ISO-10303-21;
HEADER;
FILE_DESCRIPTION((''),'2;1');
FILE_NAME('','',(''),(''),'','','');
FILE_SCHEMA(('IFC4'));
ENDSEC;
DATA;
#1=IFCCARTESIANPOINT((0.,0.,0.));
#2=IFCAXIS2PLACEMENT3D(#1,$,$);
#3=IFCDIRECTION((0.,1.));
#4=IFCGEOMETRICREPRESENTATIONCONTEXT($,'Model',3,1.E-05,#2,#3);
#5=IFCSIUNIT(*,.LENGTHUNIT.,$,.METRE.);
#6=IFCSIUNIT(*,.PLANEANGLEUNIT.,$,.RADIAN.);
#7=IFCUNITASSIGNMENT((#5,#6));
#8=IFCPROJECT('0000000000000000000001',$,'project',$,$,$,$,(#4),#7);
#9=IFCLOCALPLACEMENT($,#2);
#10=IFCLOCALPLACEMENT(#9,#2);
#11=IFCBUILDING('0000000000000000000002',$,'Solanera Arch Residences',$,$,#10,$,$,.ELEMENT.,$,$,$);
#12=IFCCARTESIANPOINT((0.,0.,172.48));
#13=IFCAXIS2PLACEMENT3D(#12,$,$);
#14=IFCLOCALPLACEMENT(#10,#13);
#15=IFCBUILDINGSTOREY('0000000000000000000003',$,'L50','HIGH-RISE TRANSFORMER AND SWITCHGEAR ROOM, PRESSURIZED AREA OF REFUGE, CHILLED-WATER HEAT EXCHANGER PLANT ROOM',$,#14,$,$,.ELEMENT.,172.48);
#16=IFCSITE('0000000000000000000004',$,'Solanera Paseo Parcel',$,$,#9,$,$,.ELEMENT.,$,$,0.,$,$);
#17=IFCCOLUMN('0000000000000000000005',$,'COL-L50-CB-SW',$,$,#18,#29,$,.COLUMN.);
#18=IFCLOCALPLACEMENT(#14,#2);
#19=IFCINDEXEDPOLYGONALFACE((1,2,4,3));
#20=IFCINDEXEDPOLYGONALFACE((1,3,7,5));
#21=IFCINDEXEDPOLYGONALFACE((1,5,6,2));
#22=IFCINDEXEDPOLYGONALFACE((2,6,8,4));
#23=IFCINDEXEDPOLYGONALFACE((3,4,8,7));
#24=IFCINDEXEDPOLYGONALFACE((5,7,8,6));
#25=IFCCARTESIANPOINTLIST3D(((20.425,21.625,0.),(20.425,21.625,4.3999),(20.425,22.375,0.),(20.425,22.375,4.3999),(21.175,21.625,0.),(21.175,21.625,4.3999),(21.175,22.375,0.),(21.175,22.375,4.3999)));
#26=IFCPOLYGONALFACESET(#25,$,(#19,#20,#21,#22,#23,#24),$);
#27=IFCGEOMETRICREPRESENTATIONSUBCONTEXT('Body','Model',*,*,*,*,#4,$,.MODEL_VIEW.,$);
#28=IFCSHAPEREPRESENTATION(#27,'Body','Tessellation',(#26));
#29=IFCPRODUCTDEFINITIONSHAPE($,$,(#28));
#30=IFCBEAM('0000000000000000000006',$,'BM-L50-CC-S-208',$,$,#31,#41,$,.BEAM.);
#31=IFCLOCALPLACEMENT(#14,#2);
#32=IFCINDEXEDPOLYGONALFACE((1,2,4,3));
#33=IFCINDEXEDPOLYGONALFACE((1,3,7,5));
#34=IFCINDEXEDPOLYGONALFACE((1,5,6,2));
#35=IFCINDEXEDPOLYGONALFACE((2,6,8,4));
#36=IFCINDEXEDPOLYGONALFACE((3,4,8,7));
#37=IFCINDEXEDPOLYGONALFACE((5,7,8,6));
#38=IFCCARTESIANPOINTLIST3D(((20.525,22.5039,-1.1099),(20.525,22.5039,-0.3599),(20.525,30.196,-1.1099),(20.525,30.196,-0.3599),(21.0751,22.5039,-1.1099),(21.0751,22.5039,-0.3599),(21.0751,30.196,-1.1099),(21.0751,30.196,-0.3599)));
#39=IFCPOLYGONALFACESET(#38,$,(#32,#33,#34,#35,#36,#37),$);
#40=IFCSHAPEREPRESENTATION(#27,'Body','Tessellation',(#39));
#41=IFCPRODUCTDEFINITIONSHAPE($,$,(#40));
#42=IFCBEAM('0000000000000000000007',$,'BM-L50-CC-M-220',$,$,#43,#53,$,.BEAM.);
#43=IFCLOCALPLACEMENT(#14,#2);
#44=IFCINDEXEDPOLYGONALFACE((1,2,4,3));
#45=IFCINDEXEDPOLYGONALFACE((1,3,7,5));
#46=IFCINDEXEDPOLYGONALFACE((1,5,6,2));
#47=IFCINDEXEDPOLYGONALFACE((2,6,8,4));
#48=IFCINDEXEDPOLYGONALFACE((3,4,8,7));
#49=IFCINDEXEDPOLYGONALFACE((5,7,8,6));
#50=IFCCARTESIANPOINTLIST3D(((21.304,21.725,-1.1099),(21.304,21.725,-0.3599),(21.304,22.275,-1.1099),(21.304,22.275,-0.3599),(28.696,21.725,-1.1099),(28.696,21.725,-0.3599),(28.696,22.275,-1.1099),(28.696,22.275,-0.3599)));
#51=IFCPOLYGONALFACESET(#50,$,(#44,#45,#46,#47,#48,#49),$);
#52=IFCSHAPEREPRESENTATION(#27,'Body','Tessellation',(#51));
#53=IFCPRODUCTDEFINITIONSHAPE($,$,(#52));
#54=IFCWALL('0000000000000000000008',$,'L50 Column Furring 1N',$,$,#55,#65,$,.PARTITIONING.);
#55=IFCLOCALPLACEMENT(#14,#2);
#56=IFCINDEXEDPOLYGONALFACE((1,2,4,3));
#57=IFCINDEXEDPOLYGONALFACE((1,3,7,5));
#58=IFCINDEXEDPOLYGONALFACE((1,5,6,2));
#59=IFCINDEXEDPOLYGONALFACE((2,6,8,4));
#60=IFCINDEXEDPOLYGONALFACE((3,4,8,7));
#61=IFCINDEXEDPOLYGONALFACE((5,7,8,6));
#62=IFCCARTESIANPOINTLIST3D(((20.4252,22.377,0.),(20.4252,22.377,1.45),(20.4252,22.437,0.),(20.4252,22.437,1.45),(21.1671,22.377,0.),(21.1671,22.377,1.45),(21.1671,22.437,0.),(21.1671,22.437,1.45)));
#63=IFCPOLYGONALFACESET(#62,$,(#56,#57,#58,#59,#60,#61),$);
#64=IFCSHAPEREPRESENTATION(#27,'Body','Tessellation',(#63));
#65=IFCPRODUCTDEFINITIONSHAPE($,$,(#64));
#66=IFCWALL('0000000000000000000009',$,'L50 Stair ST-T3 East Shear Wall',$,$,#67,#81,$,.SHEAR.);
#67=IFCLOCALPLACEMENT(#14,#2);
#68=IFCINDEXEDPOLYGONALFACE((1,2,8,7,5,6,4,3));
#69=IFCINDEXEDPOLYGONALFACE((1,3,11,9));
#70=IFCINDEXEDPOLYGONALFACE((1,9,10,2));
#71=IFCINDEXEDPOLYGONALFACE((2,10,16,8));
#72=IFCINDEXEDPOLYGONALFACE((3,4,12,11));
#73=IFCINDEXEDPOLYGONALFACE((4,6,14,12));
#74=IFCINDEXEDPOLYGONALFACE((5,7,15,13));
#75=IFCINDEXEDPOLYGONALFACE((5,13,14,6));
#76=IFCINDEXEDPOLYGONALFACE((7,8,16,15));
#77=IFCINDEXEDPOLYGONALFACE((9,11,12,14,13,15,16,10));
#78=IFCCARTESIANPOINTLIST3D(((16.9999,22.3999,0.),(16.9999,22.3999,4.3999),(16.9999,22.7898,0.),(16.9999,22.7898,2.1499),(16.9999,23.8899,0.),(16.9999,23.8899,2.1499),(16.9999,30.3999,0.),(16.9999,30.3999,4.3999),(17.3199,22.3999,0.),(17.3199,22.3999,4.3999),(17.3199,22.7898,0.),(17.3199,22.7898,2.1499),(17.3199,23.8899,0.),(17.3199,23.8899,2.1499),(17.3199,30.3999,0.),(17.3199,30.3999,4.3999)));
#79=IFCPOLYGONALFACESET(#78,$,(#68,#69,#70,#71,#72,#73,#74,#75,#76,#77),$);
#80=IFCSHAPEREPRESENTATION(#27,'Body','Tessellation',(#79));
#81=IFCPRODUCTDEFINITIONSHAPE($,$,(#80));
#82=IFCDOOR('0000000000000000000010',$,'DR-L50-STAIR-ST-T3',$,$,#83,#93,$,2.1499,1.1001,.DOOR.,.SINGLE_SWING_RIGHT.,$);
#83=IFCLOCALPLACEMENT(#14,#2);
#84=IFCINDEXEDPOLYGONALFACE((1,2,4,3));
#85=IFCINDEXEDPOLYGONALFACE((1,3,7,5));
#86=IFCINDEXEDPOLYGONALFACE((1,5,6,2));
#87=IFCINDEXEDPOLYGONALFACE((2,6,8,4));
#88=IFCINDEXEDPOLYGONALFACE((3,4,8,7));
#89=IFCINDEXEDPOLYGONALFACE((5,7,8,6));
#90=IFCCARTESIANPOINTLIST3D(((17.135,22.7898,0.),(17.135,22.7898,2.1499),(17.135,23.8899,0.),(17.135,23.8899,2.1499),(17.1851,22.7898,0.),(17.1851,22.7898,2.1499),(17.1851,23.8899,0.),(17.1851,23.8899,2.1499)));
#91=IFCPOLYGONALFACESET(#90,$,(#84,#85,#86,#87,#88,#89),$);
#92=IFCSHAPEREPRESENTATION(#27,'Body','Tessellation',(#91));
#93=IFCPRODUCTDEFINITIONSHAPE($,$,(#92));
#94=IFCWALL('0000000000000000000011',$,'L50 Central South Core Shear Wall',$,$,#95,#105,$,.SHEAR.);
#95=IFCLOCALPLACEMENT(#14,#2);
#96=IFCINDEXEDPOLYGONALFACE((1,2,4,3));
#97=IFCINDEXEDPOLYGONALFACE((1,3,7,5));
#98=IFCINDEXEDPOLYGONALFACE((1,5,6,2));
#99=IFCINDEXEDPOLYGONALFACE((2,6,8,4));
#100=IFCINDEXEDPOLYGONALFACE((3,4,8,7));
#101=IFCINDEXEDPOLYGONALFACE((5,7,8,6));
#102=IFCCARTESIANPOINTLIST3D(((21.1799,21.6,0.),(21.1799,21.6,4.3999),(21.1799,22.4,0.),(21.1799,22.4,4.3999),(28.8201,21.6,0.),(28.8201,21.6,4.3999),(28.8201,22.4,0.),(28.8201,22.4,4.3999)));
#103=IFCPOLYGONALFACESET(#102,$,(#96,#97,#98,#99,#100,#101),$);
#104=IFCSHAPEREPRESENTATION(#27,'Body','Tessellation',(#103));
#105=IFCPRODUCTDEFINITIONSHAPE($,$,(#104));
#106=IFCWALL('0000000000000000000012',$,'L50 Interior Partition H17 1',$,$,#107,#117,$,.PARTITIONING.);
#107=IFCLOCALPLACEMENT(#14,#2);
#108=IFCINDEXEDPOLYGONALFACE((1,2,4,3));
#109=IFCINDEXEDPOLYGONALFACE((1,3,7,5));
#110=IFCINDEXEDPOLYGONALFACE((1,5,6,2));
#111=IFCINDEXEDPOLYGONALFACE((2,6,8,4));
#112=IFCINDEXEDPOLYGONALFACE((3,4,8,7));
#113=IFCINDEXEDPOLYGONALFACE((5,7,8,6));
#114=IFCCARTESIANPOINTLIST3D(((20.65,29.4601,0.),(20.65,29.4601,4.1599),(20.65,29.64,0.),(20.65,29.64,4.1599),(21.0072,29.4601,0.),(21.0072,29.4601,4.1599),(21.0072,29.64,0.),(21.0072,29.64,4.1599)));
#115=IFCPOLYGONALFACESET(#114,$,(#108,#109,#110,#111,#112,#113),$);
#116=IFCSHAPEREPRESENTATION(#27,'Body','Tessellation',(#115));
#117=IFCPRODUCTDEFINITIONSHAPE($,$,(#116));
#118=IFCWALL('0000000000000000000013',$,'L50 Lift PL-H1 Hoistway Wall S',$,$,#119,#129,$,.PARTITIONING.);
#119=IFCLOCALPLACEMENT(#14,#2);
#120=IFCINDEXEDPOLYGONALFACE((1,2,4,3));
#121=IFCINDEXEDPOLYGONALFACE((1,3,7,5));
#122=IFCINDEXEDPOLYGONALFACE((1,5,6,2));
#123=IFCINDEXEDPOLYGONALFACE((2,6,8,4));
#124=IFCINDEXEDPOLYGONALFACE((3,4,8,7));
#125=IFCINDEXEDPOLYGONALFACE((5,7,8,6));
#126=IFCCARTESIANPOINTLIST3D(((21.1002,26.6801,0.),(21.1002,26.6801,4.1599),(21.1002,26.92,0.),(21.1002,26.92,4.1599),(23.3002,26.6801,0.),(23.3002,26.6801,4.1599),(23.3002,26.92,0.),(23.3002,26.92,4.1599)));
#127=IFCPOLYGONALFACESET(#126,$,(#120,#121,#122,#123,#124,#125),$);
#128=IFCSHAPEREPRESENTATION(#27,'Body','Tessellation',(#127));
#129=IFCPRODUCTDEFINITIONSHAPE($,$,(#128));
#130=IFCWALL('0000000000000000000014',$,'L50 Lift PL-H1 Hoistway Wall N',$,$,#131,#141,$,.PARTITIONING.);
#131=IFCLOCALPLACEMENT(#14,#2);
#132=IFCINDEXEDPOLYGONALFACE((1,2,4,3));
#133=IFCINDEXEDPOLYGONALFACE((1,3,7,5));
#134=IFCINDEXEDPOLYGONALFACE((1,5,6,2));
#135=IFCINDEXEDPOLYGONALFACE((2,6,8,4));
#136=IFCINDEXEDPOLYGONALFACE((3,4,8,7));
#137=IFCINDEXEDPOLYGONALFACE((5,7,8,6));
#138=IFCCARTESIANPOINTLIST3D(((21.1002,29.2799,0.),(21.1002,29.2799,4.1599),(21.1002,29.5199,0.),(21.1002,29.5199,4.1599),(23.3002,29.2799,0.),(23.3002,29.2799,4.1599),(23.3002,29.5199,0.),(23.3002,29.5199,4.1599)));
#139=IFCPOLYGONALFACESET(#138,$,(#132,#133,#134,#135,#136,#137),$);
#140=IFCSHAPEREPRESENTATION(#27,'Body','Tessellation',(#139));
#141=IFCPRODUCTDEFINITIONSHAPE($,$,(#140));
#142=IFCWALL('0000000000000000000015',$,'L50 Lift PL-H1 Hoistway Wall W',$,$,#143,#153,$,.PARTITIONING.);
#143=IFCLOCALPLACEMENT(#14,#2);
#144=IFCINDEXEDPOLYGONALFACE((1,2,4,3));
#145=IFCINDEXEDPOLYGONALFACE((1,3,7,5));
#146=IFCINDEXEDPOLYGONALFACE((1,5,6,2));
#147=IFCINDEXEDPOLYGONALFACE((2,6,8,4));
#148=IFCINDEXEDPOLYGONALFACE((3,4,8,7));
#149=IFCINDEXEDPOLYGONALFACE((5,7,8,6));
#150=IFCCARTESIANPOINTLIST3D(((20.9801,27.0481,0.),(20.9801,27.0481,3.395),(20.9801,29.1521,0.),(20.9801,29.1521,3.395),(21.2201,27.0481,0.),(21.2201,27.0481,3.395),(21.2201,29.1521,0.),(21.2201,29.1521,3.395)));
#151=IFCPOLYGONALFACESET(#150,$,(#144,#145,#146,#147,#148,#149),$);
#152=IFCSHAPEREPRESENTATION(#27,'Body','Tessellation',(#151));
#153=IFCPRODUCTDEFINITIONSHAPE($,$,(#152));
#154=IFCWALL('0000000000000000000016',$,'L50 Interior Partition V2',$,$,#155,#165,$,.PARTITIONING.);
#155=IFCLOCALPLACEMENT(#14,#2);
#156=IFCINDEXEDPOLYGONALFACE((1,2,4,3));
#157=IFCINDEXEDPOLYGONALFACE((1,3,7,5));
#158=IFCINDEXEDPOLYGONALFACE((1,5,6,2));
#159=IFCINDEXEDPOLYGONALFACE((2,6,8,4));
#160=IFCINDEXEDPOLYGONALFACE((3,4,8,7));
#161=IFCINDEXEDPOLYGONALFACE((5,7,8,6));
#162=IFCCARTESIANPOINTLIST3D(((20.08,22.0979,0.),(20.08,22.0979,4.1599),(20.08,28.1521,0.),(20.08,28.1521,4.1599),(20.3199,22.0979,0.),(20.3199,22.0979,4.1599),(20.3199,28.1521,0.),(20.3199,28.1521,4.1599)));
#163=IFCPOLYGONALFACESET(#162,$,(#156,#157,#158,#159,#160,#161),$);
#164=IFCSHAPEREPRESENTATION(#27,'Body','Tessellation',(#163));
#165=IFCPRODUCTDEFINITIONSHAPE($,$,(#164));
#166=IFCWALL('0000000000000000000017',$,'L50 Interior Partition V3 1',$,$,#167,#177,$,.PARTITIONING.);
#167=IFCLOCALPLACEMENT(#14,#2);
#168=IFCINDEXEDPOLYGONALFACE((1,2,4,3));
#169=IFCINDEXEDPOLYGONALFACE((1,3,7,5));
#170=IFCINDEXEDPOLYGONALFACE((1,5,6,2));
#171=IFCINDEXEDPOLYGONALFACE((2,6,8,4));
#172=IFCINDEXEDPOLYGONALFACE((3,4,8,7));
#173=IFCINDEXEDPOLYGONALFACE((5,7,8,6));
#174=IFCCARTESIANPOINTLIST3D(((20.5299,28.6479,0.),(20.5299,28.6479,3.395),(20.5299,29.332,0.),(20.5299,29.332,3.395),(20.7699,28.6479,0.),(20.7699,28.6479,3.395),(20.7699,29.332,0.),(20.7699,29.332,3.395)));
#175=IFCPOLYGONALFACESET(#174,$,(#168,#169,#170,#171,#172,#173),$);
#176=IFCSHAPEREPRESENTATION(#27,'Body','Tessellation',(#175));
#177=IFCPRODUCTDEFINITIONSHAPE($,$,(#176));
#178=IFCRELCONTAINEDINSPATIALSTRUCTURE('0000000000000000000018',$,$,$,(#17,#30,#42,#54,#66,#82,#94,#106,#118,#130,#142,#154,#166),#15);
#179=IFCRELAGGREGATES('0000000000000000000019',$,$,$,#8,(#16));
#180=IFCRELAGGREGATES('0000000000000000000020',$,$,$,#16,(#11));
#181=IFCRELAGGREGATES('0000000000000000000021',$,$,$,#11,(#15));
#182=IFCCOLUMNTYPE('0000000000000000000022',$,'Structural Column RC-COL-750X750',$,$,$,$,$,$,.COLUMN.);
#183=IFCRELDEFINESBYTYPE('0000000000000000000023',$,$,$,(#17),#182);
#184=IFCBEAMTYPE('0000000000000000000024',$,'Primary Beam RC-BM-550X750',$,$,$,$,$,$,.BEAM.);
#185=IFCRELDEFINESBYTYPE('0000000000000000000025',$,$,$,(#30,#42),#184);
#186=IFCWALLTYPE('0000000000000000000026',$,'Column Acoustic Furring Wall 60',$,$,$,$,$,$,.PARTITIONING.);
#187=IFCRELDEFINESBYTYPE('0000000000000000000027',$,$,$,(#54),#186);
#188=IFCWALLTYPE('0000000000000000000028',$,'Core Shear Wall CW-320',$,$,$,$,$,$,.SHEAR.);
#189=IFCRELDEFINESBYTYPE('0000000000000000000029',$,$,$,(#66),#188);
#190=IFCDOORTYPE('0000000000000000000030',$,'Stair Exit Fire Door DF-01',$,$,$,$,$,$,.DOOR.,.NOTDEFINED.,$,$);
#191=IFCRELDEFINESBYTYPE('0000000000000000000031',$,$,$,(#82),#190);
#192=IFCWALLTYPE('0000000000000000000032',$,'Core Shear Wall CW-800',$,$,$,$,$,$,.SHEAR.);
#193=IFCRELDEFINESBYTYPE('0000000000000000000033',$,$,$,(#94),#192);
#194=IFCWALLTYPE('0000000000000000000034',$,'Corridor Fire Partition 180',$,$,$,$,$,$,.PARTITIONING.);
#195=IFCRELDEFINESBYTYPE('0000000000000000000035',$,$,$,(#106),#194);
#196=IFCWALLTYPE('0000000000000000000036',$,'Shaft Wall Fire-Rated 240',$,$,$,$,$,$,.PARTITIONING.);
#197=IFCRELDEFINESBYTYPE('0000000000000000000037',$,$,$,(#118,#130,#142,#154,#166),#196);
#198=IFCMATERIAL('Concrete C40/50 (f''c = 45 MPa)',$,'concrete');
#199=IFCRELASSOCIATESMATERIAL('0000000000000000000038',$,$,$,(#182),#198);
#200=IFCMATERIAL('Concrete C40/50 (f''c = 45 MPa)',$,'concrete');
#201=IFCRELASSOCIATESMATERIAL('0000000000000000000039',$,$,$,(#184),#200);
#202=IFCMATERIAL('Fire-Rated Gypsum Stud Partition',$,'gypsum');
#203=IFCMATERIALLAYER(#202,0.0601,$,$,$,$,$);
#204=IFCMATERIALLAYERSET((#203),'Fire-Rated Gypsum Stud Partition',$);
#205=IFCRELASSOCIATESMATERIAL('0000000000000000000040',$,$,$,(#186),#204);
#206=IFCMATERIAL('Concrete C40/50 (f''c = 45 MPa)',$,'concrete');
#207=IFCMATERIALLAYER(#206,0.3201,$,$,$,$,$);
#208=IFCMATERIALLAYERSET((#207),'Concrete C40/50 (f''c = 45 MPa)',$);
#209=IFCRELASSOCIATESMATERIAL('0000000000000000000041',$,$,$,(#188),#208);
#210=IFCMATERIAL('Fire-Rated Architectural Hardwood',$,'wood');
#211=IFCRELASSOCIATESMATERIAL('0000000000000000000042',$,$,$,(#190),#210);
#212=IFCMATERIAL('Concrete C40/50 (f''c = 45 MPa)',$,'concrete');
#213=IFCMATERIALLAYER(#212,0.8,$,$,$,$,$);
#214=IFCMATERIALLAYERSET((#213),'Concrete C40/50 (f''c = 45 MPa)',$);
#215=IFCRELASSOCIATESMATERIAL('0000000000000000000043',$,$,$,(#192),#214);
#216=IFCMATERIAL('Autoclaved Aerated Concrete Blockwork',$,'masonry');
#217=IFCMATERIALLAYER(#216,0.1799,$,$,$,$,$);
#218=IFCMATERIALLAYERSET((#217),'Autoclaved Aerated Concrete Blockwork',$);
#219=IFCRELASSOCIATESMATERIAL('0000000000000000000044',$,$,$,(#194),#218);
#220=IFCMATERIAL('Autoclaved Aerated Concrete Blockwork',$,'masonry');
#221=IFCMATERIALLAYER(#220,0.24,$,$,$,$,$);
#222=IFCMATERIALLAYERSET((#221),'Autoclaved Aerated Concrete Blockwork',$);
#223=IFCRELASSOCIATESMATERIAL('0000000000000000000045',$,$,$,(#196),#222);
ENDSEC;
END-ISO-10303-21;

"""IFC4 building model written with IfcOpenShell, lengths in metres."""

from ifc_helpers import new_model, si_unit, direction, frame, frame_2d, origin, origin_2d, place, context, subcontext, project, spatial, rectangle, extrude, material, layer, layer_set, material_profile, profile_set, type_object, element, fill, save


model = new_model("IFC4")

# Units and contexts
model_context = context("Model", 3, precision=1e-05, world=origin(), true_north=direction((0.0, 1.0)))
body_context = subcontext(model_context, "Body", "Model", "MODEL_VIEW")
ifc_project = project(units=[si_unit("LENGTHUNIT", "METRE"), si_unit("PLANEANGLEUNIT", "RADIAN")], contexts=[model_context])

# Site, building, storey
site_placement = place(None, origin())
site = spatial("IfcSite", under=ifc_project, at=site_placement, Name="Solanera Paseo Parcel", CompositionType="ELEMENT", RefElevation=0.0)
building_placement = place(site_placement, origin())
building = spatial("IfcBuilding", under=site, at=building_placement, Name="Solanera Arch Residences", CompositionType="ELEMENT")
storey_placement = place(building_placement, frame((0.0, 0.0, 172.48)))
storey = spatial("IfcBuildingStorey", under=building, at=storey_placement, Name="L50", Description="HIGH-RISE TRANSFORMER AND SWITCHGEAR ROOM, PRESSURIZED AREA OF REFUGE, CHILLED-WATER HEAT EXCHANGER PLANT ROOM", CompositionType="ELEMENT", Elevation=172.48)

# Column
ifc_material_1 = material(Name="Concrete C40/50 (f'c = 45 MPa)", Category="concrete")
ifc_material_profile_1 = material_profile(ifc_material_1, rectangle(XDim=0.75, YDim=0.75, at=origin_2d()))
ifc_profile_set_1 = profile_set([ifc_material_profile_1], Name="Concrete C40/50 (f'c = 45 MPa)")
column_type = type_object("IfcColumnType", Name="Structural Column RC-COL-750X750", PredefinedType="COLUMN", material=ifc_profile_set_1)
column_placement = place(storey_placement, frame((20.8, 22.0, 0.0), z_axis=(0.0, 0.0, 1.0), x_axis=(1.0, 0.0, 0.0)))
element("IfcColumn", 1, at=column_placement, inside=storey, type_object=column_type, Name="COL-L50-CB-SW", PredefinedType="COLUMN", context=body_context, shape_type="SweptSolid", body=[
    extrude(rectangle(XDim=0.75, YDim=0.75, at=origin_2d()), origin(), (0.0, 0.0, 1.0), 4.3999),
])

# Beams
ifc_material_2 = material(Name="Concrete C40/50 (f'c = 45 MPa)", Category="concrete")
ifc_material_profile_2 = material_profile(ifc_material_2, rectangle(XDim=0.55, YDim=0.75, at=origin_2d()))
ifc_profile_set_2 = profile_set([ifc_material_profile_2], Name="Concrete C40/50 (f'c = 45 MPa)")
beam_type = type_object("IfcBeamType", Name="Primary Beam RC-BM-550X750", PredefinedType="BEAM", material=ifc_profile_set_2)
beam_1_placement = place(storey_placement, frame((20.8, 22.5039, -0.7349), z_axis=(0.0, 1.0, 0.0), x_axis=(-1.0, 0.0, 0.0)))
element("IfcBeam", 2, at=beam_1_placement, inside=storey, type_object=beam_type, Name="BM-L50-CC-S-208", PredefinedType="BEAM", context=body_context, shape_type="SweptSolid", body=[
    extrude(rectangle(XDim=0.55, YDim=0.75, at=origin_2d()), origin(), (0.0, 0.0, 1.0), 7.6921),
])
beam_2_placement = place(storey_placement, frame((21.304, 22.0, -0.7349), z_axis=(1.0, 0.0, 0.0), x_axis=(0.0, 1.0, 0.0)))
element("IfcBeam", 3, at=beam_2_placement, inside=storey, type_object=beam_type, Name="BM-L50-CC-M-220", PredefinedType="BEAM", context=body_context, shape_type="SweptSolid", body=[
    extrude(rectangle(XDim=0.55, YDim=0.75, at=origin_2d()), origin(), (0.0, 0.0, 1.0), 7.3921),
])

# Wall
ifc_material_3 = material(Name="Fire-Rated Gypsum Stud Partition", Category="gypsum")
ifc_layer_1 = layer(ifc_material_3, 0.0601)
ifc_layer_set_1 = layer_set([ifc_layer_1], Name="Fire-Rated Gypsum Stud Partition")
wall_type_1 = type_object("IfcWallType", Name="Column Acoustic Furring Wall 60", PredefinedType="PARTITIONING", material=ifc_layer_set_1)
wall_1_placement = place(storey_placement, frame((20.425, 22.407, 0.0), z_axis=(0.0, 0.0, 1.0), x_axis=(1.0, 0.0, 0.0)))
element("IfcWall", 4, at=wall_1_placement, inside=storey, type_object=wall_type_1, Name="L50 Column Furring 1N", PredefinedType="PARTITIONING", context=body_context, shape_type="SweptSolid", body=[
    extrude(rectangle(XDim=0.7419, YDim=0.0601, at=frame_2d((0.3711, 0.0))), origin(), (0.0, 0.0, 1.0), 1.45),
])

# Wall, opening, door
ifc_material_4 = material(Name="Concrete C40/50 (f'c = 45 MPa)", Category="concrete")
ifc_layer_2 = layer(ifc_material_4, 0.3201)
ifc_layer_set_2 = layer_set([ifc_layer_2], Name="Concrete C40/50 (f'c = 45 MPa)")
wall_type_2 = type_object("IfcWallType", Name="Core Shear Wall CW-320", PredefinedType="SHEAR", material=ifc_layer_set_2)
wall_2_placement = place(storey_placement, frame((17.1599, 22.3999, 0.0), z_axis=(0.0, 0.0, 1.0), x_axis=(0.0, 1.0, 0.0)))
wall_2 = element("IfcWall", 5, at=wall_2_placement, inside=storey, type_object=wall_type_2, Name="L50 Stair ST-T3 East Shear Wall", PredefinedType="SHEAR", context=body_context, shape_type="SweptSolid", body=[
    extrude(rectangle(XDim=8.0, YDim=0.3201, at=frame_2d((4.0, 0.0))), origin(), (0.0, 0.0, 1.0), 4.3999),
])
opening_1_placement = place(wall_2_placement, frame((0.3899, 0.0, 0.0)))
opening_1 = element("IfcOpeningElement", 6, at=opening_1_placement, cuts=wall_2, PredefinedType="OPENING", context=body_context, shape_type="SweptSolid", body=[
    extrude(rectangle(XDim=1.1001, YDim=2.1499, at=frame_2d((0.55, 1.075))), frame((0.0, 0.1699, 0.0), z_axis=(0.0, -1.0, 0.0), x_axis=(1.0, 0.0, 0.0)), (0.0, 0.0, 1.0), 0.3401),
])
ifc_material_5 = material(Name="Fire-Rated Architectural Hardwood", Category="wood")
door_type_1 = type_object("IfcDoorType", Name="Stair Exit Fire Door DF-01", OperationType="NOTDEFINED", PredefinedType="DOOR", material=ifc_material_5)
door_1_placement = place(opening_1_placement, origin())
door_1 = element("IfcDoor", 7, at=door_1_placement, inside=storey, type_object=door_type_1, Name="DR-L50-STAIR-ST-T3", OperationType="SINGLE_SWING_RIGHT", OverallHeight=2.1499, OverallWidth=1.1001, PredefinedType="DOOR", context=body_context, shape_type="SweptSolid", body=[
    extrude(rectangle(XDim=1.1001, YDim=2.1499, at=frame_2d((0.55, 1.075))), frame((0.0, 0.0249, 0.0), z_axis=(0.0, -1.0, 0.0), x_axis=(1.0, 0.0, 0.0)), (0.0, 0.0, 1.0), 0.05),
])
fill(opening_1, door_1)

# Walls
ifc_material_6 = material(Name="Concrete C40/50 (f'c = 45 MPa)", Category="concrete")
ifc_layer_3 = layer(ifc_material_6, 0.8)
ifc_layer_set_3 = layer_set([ifc_layer_3], Name="Concrete C40/50 (f'c = 45 MPa)")
wall_type_3 = type_object("IfcWallType", Name="Core Shear Wall CW-800", PredefinedType="SHEAR", material=ifc_layer_set_3)
wall_3_placement = place(storey_placement, frame((21.1799, 22.0, 0.0), z_axis=(0.0, 0.0, 1.0), x_axis=(1.0, 0.0, 0.0)))
element("IfcWall", 8, at=wall_3_placement, inside=storey, type_object=wall_type_3, Name="L50 Central South Core Shear Wall", PredefinedType="SHEAR", context=body_context, shape_type="SweptSolid", body=[
    extrude(rectangle(XDim=7.6401, YDim=0.8, at=frame_2d((3.8201, 0.0))), origin(), (0.0, 0.0, 1.0), 4.3999),
])
ifc_material_7 = material(Name="Autoclaved Aerated Concrete Blockwork", Category="masonry")
ifc_layer_4 = layer(ifc_material_7, 0.1799)
ifc_layer_set_4 = layer_set([ifc_layer_4], Name="Autoclaved Aerated Concrete Blockwork")
wall_type_4 = type_object("IfcWallType", Name="Corridor Fire Partition 180", PredefinedType="PARTITIONING", material=ifc_layer_set_4)
wall_4_placement = place(storey_placement, frame((20.6499, 29.55, 0.0), z_axis=(0.0, 0.0, 1.0), x_axis=(1.0, 0.0, 0.0)))
element("IfcWall", 9, at=wall_4_placement, inside=storey, type_object=wall_type_4, Name="L50 Interior Partition H17 1", PredefinedType="PARTITIONING", context=body_context, shape_type="SweptSolid", body=[
    extrude(rectangle(XDim=0.3572, YDim=0.1799, at=frame_2d((0.1787, 0.0))), origin(), (0.0, 0.0, 1.0), 4.1599),
])
ifc_material_8 = material(Name="Autoclaved Aerated Concrete Blockwork", Category="masonry")
ifc_layer_5 = layer(ifc_material_8, 0.24)
ifc_layer_set_5 = layer_set([ifc_layer_5], Name="Autoclaved Aerated Concrete Blockwork")
wall_type_5 = type_object("IfcWallType", Name="Shaft Wall Fire-Rated 240", PredefinedType="PARTITIONING", material=ifc_layer_set_5)
for number, where, z_axis, x_axis, name in (
    (10, (21.1001, 26.8, 0.0), (0.0, 0.0, 1.0), (1.0, 0.0, 0.0), "L50 Lift PL-H1 Hoistway Wall S"),
    (11, (21.1001, 29.3999, 0.0), (0.0, 0.0, 1.0), (1.0, 0.0, 0.0), "L50 Lift PL-H1 Hoistway Wall N"),
):
    element("IfcWall", number, at=place(storey_placement, frame(where, z_axis=z_axis, x_axis=x_axis)), inside=storey, type_object=wall_type_5, Name=name, PredefinedType="PARTITIONING", context=body_context, shape_type="SweptSolid", body=[
        extrude(rectangle(XDim=2.2, YDim=0.24, at=frame_2d((1.1001, 0.0))), origin(), (0.0, 0.0, 1.0), 4.1599),
    ])
wall_5_placement = place(storey_placement, frame((21.1001, 27.0481, 0.0), z_axis=(0.0, 0.0, 1.0), x_axis=(0.0, 1.0, 0.0)))
element("IfcWall", 12, at=wall_5_placement, inside=storey, type_object=wall_type_5, Name="L50 Lift PL-H1 Hoistway Wall W", PredefinedType="PARTITIONING", context=body_context, shape_type="SweptSolid", body=[
    extrude(rectangle(XDim=2.104, YDim=0.24, at=frame_2d((1.052, 0.0))), origin(), (0.0, 0.0, 1.0), 3.395),
])

# Walls
wall_6_placement = place(storey_placement, frame((20.2, 22.0979, 0.0), z_axis=(0.0, 0.0, 1.0), x_axis=(0.0, 1.0, 0.0)))
element("IfcWall", 13, at=wall_6_placement, inside=storey, type_object=wall_type_5, Name="L50 Interior Partition V2", PredefinedType="PARTITIONING", context=body_context, shape_type="SweptSolid", body=[
    extrude(rectangle(XDim=6.0542, YDim=0.24, at=frame_2d((3.0271, 0.0))), origin(), (0.0, 0.0, 1.0), 4.1599),
])
wall_7_placement = place(storey_placement, frame((20.6499, 28.6479, 0.0), z_axis=(0.0, 0.0, 1.0), x_axis=(0.0, 1.0, 0.0)))
element("IfcWall", 14, at=wall_7_placement, inside=storey, type_object=wall_type_5, Name="L50 Interior Partition V3 1", PredefinedType="PARTITIONING", context=body_context, shape_type="SweptSolid", body=[
    extrude(rectangle(XDim=0.6841, YDim=0.24, at=frame_2d((0.342, 0.0))), origin(), (0.0, 0.0, 1.0), 3.395),
])

save(model, "model.ifc")
